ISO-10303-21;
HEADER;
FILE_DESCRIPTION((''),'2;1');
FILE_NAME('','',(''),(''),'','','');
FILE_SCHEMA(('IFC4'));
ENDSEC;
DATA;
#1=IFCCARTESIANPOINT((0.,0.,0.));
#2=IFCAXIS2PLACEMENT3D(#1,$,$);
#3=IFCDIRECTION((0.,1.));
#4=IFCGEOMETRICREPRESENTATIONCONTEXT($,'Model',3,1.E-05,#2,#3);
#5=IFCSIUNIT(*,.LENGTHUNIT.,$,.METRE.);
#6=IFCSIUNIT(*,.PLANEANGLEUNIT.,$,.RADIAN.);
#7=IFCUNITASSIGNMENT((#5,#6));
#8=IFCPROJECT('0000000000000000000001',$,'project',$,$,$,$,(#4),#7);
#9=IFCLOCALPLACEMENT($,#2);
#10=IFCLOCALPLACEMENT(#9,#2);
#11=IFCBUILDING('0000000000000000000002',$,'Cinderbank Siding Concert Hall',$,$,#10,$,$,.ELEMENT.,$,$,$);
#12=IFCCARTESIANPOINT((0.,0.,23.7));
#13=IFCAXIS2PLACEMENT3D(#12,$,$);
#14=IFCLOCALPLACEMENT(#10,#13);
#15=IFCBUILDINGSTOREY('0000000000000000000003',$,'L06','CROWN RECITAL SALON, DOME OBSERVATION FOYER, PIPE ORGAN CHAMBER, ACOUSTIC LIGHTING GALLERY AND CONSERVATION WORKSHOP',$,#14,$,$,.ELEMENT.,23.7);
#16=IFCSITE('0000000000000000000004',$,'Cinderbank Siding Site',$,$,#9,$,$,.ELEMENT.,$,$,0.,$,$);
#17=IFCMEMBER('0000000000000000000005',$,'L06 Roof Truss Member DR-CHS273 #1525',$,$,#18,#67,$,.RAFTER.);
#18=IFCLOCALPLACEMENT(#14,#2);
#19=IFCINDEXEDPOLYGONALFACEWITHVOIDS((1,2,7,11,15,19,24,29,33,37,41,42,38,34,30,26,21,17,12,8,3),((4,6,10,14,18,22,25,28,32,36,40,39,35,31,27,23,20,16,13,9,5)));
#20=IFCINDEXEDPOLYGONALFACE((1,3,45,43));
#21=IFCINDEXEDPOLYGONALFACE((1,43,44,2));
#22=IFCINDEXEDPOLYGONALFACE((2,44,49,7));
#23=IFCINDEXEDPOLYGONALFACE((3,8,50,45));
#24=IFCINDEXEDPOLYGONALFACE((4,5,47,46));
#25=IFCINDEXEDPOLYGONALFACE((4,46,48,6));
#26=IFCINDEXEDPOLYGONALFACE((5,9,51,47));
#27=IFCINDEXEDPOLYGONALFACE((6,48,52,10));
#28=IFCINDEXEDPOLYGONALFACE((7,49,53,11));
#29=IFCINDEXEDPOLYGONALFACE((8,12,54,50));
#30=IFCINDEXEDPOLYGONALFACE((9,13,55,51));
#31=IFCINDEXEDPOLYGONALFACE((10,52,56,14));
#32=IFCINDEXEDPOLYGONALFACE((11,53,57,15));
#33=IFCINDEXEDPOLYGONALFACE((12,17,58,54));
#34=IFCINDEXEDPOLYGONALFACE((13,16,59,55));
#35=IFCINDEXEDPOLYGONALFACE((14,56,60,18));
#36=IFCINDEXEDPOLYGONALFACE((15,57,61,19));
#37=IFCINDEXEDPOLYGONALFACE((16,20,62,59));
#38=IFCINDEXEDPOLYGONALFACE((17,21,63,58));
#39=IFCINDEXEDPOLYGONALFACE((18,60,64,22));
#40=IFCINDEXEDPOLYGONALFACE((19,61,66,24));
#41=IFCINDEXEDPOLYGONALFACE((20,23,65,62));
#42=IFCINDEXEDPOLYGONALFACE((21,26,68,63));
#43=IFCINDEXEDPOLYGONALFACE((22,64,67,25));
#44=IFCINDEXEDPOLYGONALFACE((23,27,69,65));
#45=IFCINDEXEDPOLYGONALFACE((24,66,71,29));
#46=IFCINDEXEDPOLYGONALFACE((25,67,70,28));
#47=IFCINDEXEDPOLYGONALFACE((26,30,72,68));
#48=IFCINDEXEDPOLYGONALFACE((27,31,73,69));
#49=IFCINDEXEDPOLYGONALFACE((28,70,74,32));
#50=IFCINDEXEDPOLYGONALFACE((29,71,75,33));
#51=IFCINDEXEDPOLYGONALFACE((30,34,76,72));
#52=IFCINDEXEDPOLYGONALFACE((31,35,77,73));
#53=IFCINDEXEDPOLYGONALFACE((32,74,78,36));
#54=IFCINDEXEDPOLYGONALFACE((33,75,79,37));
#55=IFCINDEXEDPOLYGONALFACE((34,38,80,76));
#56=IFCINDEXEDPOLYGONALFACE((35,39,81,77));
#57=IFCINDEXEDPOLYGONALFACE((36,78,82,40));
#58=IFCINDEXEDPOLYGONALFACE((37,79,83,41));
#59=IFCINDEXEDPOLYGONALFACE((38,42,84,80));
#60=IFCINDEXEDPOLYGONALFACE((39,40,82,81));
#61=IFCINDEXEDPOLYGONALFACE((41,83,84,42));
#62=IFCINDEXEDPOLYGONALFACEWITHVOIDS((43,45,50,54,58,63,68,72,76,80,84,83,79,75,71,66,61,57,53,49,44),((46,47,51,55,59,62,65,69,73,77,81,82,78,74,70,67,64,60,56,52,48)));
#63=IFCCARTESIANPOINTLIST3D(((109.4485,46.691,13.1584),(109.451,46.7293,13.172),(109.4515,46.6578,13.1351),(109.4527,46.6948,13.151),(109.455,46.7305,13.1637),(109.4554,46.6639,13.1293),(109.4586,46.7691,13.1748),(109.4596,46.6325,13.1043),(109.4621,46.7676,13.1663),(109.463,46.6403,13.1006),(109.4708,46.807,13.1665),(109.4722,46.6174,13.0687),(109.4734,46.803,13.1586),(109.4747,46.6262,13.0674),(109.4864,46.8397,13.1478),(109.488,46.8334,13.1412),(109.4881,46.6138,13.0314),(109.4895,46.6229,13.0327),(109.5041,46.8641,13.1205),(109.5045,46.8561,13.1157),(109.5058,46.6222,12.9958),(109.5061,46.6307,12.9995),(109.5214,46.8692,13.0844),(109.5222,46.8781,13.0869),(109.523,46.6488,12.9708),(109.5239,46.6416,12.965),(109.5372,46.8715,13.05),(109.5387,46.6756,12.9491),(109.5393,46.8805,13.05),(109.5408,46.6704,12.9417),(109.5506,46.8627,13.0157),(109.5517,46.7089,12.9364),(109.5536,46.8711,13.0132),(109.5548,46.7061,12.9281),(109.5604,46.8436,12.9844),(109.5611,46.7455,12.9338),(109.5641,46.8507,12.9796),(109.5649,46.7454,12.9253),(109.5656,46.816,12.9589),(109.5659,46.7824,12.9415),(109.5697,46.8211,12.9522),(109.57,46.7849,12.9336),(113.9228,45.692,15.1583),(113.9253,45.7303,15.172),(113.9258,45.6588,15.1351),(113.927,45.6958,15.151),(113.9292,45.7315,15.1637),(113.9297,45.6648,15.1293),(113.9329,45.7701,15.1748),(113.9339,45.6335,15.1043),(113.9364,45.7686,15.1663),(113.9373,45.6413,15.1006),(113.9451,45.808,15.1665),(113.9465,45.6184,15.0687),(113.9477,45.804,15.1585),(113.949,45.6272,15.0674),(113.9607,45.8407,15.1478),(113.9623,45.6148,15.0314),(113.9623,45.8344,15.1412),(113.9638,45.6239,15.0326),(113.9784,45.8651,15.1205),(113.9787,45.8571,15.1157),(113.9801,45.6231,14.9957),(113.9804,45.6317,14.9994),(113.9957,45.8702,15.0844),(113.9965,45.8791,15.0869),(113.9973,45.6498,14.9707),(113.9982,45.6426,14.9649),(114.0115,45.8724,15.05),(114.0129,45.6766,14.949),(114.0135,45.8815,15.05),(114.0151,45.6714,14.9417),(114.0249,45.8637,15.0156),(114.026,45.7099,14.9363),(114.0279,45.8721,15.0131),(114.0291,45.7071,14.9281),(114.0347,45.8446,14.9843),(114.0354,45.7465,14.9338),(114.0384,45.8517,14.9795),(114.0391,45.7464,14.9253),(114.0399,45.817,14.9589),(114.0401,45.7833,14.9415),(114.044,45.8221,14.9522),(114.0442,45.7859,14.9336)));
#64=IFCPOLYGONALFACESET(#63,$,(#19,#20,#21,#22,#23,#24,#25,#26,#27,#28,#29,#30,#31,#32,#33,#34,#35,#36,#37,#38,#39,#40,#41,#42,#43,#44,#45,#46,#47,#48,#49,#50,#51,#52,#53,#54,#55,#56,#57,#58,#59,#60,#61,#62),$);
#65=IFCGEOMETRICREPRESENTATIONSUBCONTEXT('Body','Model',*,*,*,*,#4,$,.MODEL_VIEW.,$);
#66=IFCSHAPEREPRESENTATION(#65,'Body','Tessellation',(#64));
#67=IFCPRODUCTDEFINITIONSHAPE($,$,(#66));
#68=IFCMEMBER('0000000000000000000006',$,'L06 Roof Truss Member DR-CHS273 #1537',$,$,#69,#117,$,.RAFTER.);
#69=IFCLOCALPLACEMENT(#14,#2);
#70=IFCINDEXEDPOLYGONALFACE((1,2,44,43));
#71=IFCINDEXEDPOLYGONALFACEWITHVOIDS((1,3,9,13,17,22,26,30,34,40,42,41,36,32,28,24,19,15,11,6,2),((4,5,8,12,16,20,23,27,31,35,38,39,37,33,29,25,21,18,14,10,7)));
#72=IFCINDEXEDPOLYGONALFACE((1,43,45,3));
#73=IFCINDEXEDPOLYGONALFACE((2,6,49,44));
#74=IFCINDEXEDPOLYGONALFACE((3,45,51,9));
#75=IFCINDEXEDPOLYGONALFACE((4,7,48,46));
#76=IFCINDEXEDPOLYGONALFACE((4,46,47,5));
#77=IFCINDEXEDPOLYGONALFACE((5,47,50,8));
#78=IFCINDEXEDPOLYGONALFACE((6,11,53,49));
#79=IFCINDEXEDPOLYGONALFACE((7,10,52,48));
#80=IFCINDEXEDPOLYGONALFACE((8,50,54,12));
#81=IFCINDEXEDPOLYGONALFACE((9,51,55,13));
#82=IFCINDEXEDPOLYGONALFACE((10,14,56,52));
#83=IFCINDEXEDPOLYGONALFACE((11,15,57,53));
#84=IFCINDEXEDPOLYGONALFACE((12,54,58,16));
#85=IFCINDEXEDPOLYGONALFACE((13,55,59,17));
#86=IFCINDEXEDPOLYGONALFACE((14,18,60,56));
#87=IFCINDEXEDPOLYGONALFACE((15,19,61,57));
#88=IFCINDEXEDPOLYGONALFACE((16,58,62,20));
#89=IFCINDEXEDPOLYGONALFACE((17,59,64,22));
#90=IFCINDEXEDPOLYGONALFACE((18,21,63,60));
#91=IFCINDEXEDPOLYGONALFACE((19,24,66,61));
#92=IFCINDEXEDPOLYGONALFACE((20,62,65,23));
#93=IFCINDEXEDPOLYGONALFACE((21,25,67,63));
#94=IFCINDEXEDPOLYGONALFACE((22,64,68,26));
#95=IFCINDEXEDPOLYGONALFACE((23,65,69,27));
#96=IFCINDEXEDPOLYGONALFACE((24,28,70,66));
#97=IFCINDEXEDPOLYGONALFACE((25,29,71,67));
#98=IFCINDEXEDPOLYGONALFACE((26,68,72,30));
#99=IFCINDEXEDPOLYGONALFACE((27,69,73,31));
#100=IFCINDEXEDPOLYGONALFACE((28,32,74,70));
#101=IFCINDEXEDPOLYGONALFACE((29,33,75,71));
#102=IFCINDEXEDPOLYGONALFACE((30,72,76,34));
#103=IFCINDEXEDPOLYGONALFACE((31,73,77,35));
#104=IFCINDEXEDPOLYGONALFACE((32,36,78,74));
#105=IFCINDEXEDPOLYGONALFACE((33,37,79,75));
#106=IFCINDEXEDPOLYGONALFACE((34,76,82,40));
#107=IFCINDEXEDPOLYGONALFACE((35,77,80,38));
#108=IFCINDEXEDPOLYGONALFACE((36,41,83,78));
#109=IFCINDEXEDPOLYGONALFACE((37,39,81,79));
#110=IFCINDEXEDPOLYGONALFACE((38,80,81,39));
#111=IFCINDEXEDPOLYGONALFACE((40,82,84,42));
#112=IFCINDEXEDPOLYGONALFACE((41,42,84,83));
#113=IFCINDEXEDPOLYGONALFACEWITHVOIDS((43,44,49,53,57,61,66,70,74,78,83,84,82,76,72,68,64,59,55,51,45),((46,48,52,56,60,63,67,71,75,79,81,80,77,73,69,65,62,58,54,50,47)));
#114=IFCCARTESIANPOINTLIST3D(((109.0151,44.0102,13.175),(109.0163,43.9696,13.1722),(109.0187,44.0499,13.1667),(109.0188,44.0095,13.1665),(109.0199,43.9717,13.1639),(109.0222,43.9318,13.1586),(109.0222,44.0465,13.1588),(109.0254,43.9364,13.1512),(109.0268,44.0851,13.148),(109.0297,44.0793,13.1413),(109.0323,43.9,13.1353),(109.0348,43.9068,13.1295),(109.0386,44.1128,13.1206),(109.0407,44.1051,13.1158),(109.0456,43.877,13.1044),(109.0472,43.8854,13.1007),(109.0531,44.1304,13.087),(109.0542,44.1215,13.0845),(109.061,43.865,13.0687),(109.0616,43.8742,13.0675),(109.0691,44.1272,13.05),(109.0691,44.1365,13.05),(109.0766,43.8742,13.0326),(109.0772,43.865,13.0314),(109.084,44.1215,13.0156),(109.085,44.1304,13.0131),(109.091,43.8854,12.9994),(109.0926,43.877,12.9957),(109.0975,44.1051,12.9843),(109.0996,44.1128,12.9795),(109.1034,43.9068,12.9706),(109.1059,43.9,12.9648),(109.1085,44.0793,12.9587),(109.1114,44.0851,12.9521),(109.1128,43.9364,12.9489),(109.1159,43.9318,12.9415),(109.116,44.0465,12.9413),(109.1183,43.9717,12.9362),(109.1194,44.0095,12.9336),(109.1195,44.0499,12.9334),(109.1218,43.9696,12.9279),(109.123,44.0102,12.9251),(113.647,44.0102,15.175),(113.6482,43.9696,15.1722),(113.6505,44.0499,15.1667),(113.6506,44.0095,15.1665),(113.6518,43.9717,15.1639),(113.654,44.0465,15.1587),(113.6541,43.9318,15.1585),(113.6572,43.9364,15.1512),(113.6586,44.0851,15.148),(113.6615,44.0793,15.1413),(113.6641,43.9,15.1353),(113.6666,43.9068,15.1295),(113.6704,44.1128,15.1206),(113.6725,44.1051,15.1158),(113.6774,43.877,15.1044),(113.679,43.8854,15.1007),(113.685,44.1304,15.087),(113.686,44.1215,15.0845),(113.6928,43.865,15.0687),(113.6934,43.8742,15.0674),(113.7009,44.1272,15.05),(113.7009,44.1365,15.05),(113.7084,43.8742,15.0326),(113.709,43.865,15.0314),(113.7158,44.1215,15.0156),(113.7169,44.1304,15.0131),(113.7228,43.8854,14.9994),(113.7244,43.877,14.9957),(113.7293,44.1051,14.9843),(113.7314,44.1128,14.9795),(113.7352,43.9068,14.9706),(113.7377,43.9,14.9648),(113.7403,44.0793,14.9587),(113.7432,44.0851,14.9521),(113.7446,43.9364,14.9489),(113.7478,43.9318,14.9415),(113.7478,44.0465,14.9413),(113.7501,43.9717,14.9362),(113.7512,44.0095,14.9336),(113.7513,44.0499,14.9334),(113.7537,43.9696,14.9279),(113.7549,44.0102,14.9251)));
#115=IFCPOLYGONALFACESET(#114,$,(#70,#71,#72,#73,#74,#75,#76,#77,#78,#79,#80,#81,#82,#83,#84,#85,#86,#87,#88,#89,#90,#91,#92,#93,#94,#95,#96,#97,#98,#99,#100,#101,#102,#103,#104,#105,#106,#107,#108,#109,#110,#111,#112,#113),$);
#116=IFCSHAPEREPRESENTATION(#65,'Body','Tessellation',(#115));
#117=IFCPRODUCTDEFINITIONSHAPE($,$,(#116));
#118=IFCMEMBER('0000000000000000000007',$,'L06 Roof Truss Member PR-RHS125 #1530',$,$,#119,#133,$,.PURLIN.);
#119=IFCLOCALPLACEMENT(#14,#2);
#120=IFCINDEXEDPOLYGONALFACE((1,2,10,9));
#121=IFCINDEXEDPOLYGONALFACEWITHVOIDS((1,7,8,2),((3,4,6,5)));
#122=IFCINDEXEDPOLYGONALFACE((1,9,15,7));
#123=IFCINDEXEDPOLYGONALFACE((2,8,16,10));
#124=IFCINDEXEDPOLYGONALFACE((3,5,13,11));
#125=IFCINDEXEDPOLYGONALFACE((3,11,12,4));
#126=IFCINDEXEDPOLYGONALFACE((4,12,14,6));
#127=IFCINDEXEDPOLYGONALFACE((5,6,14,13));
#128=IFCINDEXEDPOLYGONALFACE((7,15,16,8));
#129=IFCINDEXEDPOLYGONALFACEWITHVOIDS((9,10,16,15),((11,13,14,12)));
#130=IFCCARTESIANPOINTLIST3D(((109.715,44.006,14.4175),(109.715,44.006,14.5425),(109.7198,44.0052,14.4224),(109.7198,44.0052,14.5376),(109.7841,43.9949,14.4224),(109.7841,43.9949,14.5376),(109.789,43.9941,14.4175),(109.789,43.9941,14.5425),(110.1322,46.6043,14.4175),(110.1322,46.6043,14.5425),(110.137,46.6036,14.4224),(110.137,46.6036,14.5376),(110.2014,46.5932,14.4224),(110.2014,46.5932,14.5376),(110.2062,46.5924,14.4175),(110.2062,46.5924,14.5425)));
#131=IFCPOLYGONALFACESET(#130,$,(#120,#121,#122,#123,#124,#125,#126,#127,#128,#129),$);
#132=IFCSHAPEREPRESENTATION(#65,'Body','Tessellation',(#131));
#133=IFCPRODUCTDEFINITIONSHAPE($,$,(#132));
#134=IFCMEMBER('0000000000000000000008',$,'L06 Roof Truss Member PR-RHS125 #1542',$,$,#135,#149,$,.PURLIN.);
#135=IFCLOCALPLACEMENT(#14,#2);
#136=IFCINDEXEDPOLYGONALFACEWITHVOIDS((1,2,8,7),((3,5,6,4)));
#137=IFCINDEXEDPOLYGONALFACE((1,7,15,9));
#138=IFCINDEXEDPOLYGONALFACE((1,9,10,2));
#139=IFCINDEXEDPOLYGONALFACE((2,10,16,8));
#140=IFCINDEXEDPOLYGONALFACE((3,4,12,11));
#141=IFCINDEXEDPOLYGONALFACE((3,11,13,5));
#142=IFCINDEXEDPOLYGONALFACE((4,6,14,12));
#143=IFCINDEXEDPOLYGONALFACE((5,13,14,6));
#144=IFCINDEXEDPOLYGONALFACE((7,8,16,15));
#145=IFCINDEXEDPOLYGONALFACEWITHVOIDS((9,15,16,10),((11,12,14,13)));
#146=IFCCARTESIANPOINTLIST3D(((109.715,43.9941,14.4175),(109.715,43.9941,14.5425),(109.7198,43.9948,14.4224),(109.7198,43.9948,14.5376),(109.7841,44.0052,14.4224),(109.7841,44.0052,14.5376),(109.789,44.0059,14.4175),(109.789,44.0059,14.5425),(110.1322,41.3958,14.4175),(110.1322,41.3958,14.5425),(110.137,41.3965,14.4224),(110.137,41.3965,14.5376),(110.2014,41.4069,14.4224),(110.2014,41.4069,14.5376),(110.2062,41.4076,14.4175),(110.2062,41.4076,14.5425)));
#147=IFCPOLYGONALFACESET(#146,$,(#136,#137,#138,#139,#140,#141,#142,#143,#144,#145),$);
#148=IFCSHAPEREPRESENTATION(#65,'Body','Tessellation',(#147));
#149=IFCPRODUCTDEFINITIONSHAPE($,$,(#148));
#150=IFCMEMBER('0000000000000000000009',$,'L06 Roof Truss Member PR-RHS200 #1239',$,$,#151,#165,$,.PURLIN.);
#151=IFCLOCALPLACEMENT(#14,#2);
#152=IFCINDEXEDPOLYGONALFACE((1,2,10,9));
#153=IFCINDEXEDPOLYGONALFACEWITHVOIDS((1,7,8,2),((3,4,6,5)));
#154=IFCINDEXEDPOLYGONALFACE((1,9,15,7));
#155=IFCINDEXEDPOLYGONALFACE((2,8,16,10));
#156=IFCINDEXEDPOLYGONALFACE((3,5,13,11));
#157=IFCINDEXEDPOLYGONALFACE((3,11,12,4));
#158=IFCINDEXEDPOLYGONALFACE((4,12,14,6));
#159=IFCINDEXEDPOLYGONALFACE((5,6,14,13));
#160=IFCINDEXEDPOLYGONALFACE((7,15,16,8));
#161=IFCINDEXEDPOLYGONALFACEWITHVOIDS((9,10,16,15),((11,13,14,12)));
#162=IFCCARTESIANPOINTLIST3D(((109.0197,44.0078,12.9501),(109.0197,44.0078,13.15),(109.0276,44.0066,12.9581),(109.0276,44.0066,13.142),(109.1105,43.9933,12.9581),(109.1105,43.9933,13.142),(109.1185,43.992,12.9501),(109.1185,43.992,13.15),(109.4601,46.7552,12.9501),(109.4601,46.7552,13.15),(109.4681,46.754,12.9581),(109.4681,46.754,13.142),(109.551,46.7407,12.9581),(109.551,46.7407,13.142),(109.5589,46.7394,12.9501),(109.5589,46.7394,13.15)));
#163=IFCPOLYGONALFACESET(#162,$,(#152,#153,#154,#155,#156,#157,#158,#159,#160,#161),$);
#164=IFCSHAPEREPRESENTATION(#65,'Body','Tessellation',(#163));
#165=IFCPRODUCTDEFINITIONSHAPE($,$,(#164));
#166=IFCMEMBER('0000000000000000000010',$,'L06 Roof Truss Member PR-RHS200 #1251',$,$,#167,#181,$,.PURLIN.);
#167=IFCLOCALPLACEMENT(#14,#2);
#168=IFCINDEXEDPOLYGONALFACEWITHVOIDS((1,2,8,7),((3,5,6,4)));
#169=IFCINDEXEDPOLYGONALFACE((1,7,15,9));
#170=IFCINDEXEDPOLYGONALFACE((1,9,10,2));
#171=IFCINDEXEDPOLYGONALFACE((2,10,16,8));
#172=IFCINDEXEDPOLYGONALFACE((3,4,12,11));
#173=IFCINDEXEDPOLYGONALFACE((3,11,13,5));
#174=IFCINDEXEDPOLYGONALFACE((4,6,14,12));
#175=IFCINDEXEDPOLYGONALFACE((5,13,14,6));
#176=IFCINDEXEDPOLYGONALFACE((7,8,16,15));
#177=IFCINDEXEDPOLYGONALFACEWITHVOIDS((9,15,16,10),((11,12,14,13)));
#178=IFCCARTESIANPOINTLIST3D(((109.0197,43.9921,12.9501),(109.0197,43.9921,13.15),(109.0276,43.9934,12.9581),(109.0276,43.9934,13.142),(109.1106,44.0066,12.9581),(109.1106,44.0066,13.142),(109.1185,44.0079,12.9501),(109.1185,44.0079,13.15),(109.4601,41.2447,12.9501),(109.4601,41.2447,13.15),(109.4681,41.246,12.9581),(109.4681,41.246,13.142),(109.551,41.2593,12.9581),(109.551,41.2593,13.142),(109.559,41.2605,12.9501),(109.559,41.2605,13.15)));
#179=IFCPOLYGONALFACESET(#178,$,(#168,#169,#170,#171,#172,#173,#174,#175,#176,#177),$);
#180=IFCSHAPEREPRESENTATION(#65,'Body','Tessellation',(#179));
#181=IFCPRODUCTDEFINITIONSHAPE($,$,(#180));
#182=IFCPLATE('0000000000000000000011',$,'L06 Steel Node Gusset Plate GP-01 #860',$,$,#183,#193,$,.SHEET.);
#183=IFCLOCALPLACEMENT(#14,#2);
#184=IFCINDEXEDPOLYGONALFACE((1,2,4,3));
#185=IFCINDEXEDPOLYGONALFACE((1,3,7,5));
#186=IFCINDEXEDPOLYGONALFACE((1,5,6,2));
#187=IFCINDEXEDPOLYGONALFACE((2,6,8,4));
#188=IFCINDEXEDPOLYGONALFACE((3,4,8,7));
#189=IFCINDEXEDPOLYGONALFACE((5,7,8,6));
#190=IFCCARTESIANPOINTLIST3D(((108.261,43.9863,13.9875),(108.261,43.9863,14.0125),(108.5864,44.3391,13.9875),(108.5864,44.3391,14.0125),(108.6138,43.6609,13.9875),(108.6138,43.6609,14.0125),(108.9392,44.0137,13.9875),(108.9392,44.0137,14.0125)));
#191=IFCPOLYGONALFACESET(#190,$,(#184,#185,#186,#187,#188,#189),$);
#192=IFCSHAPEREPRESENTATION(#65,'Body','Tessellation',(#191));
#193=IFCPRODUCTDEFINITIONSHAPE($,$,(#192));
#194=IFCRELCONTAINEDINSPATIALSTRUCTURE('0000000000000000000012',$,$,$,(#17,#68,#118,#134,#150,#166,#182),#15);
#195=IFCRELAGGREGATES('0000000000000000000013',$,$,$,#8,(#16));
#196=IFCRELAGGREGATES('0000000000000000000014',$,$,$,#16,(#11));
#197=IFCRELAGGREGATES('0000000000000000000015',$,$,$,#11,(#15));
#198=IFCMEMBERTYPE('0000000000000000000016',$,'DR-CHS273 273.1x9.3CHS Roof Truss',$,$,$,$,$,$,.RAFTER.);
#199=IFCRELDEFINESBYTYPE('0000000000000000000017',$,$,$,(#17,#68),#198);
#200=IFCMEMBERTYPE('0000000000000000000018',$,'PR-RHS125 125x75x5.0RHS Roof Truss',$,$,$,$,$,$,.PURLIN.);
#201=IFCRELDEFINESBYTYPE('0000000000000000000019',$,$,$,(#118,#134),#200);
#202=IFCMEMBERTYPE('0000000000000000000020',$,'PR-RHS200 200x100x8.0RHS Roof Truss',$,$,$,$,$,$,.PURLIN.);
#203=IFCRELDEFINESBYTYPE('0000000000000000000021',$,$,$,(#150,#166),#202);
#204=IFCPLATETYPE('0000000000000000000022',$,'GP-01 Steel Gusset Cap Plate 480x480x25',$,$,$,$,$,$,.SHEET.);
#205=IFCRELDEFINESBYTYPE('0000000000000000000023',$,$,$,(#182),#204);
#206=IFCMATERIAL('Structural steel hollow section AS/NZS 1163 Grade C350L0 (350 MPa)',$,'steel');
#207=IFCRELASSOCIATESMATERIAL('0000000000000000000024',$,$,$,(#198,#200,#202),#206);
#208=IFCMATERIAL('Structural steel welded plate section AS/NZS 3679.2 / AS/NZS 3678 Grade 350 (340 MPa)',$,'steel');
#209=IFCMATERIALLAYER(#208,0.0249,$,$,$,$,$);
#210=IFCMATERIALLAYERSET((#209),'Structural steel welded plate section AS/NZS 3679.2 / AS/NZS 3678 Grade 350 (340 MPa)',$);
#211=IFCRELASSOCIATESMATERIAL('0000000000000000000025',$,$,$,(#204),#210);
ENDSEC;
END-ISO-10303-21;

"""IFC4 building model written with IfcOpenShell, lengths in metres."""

from ifc_helpers import new_model, si_unit, direction, frame, origin, origin_2d, place, context, subcontext, project, spatial, rectangle, hollow_rectangle, hollow_circle, extrude, material, layer, layer_set, material_profile, profile_set, type_object, element, save


model = new_model("IFC4")

# Units and contexts
model_context = context("Model", 3, precision=1e-05, world=origin(), true_north=direction((0.0, 1.0)))
body_context = subcontext(model_context, "Body", "Model", "MODEL_VIEW")
ifc_project = project(units=[si_unit("LENGTHUNIT", "METRE"), si_unit("PLANEANGLEUNIT", "RADIAN")], contexts=[model_context])

# Site, building, storey
site_placement = place(None, origin())
site = spatial("IfcSite", under=ifc_project, at=site_placement, Name="Cinderbank Siding Site", CompositionType="ELEMENT", RefElevation=0.0)
building_placement = place(site_placement, origin())
building = spatial("IfcBuilding", under=site, at=building_placement, Name="Cinderbank Siding Concert Hall", CompositionType="ELEMENT")
storey_placement = place(building_placement, frame((0.0, 0.0, 23.7)))
storey = spatial("IfcBuildingStorey", under=building, at=storey_placement, Name="L06", Description="CROWN RECITAL SALON, DOME OBSERVATION FOYER, PIPE ORGAN CHAMBER, ACOUSTIC LIGHTING GALLERY AND CONSERVATION WORKSHOP", CompositionType="ELEMENT", Elevation=23.7)

# Members
ifc_material_1 = material(Name="Structural steel hollow section AS/NZS 1163 Grade C350L0 (350 MPa)", Category="steel")
ifc_material_profile_1 = material_profile(ifc_material_1, hollow_circle(Radius=0.1365, WallThickness=0.0093, at=origin_2d()), Name="273.1x9.3CHS", Category="LoadBearing")
ifc_profile_set_1 = profile_set([ifc_material_profile_1], Name="Structural steel hollow section AS/NZS 1163 Grade C350L0 (350 MPa)")
member_type_1 = type_object("IfcMemberType", Name="DR-CHS273 273.1x9.3CHS Roof Truss", PredefinedType="RAFTER", material=ifc_profile_set_1)
member_1_placement = place(storey_placement, frame((109.5095, 46.7473, 13.05), z_axis=(0.894551, -0.199733, 0.399856), x_axis=(0.217911, 0.975969, 0.0)))
element("IfcMember", 1, at=member_1_placement, inside=storey, type_object=member_type_1, Name="L06 Roof Truss Member DR-CHS273 #1525", PredefinedType="RAFTER", context=body_context, shape_type="SweptSolid", body=[
    extrude(hollow_circle(Radius=0.1365, WallThickness=0.0093, at=origin_2d()), origin(), (0.0, 0.0, 1.0), 5.0017),
])
member_2_placement = place(storey_placement, frame((109.0691, 44.0, 13.05), z_axis=(0.91807, 0.0, 0.396417), x_axis=(0.0, 1.0, 0.0)))
element("IfcMember", 2, at=member_2_placement, inside=storey, type_object=member_type_1, Name="L06 Roof Truss Member DR-CHS273 #1537", PredefinedType="RAFTER", context=body_context, shape_type="SweptSolid", body=[
    extrude(hollow_circle(Radius=0.1365, WallThickness=0.0093, at=origin_2d()), origin(), (0.0, 0.0, 1.0), 5.0452),
])
ifc_material_profile_2 = material_profile(ifc_material_1, hollow_rectangle(XDim=0.075, YDim=0.125, WallThickness=0.0049, at=origin_2d()), Name="125x75x5.0RHS", Category="LoadBearing")
ifc_profile_set_2 = profile_set([ifc_material_profile_2], Name="Structural steel hollow section AS/NZS 1163 Grade C350L0 (350 MPa)")
member_type_2 = type_object("IfcMemberType", Name="PR-RHS125 125x75x5.0RHS Roof Truss", PredefinedType="PURLIN", material=ifc_profile_set_2)
for number, where, z_axis, x_axis, name in (
    (3, (110.1692, 46.5984, 14.48), (-0.158544, -0.987352, 0.0), (0.987352, -0.158544, 0.0), "L06 Roof Truss Member PR-RHS125 #1530"),
    (4, (109.752, 44.0, 14.48), (0.158544, -0.987352, 0.0), (0.987352, 0.158544, 0.0), "L06 Roof Truss Member PR-RHS125 #1542"),
):
    element("IfcMember", number, at=place(storey_placement, frame(where, z_axis=z_axis, x_axis=x_axis)), inside=storey, type_object=member_type_2, Name=name, PredefinedType="PURLIN", context=body_context, shape_type="SweptSolid", body=[
        extrude(hollow_rectangle(XDim=0.075, YDim=0.125, WallThickness=0.0049, at=origin_2d()), origin(), (0.0, 0.0, 1.0), 2.6316),
    ])
ifc_material_profile_3 = material_profile(ifc_material_1, hollow_rectangle(XDim=0.1001, YDim=0.2, WallThickness=0.0081, at=origin_2d()), Name="200x100x8.0RHS", Category="LoadBearing")
ifc_profile_set_3 = profile_set([ifc_material_profile_3], Name="Structural steel hollow section AS/NZS 1163 Grade C350L0 (350 MPa)")
member_type_3 = type_object("IfcMemberType", Name="PR-RHS200 200x100x8.0RHS Roof Truss", PredefinedType="PURLIN", material=ifc_profile_set_3)
for number, where, z_axis, x_axis, name in (
    (5, (109.5095, 46.7473, 13.05), (-0.158292, -0.987392, 0.0), (0.987392, -0.158292, 0.0), "L06 Roof Truss Member PR-RHS200 #1239"),
    (6, (109.0691, 44.0, 13.05), (0.158292, -0.987392, 0.0), (0.987392, 0.158292, 0.0), "L06 Roof Truss Member PR-RHS200 #1251"),
):
    element("IfcMember", number, at=place(storey_placement, frame(where, z_axis=z_axis, x_axis=x_axis)), inside=storey, type_object=member_type_3, Name=name, PredefinedType="PURLIN", context=body_context, shape_type="SweptSolid", body=[
        extrude(hollow_rectangle(XDim=0.1001, YDim=0.2, WallThickness=0.0081, at=origin_2d()), origin(), (0.0, 0.0, 1.0), 2.7825),
    ])

# Plate
ifc_material_2 = material(Name="Structural steel welded plate section AS/NZS 3679.2 / AS/NZS 3678 Grade 350 (340 MPa)", Category="steel")
ifc_layer_1 = layer(ifc_material_2, 0.0249)
ifc_layer_set_1 = layer_set([ifc_layer_1], Name="Structural steel welded plate section AS/NZS 3679.2 / AS/NZS 3678 Grade 350 (340 MPa)")
plate_type_1 = type_object("IfcPlateType", Name="GP-01 Steel Gusset Cap Plate 480x480x25", PredefinedType="SHEET", material=ifc_layer_set_1)
plate_1_placement = place(storey_placement, frame((108.6001, 44.0, 13.9875), z_axis=(0.0, 0.0, 1.0), x_axis=(0.735033, -0.678031, 0.0)))
element("IfcPlate", 7, at=plate_1_placement, inside=storey, type_object=plate_type_1, Name="L06 Steel Node Gusset Plate GP-01 #860", PredefinedType="SHEET", context=body_context, shape_type="SweptSolid", body=[
    extrude(rectangle(XDim=0.48, YDim=0.48, at=origin_2d()), origin(), (0.0, 0.0, 1.0), 0.0249),
])

save(model, "model.ifc")
